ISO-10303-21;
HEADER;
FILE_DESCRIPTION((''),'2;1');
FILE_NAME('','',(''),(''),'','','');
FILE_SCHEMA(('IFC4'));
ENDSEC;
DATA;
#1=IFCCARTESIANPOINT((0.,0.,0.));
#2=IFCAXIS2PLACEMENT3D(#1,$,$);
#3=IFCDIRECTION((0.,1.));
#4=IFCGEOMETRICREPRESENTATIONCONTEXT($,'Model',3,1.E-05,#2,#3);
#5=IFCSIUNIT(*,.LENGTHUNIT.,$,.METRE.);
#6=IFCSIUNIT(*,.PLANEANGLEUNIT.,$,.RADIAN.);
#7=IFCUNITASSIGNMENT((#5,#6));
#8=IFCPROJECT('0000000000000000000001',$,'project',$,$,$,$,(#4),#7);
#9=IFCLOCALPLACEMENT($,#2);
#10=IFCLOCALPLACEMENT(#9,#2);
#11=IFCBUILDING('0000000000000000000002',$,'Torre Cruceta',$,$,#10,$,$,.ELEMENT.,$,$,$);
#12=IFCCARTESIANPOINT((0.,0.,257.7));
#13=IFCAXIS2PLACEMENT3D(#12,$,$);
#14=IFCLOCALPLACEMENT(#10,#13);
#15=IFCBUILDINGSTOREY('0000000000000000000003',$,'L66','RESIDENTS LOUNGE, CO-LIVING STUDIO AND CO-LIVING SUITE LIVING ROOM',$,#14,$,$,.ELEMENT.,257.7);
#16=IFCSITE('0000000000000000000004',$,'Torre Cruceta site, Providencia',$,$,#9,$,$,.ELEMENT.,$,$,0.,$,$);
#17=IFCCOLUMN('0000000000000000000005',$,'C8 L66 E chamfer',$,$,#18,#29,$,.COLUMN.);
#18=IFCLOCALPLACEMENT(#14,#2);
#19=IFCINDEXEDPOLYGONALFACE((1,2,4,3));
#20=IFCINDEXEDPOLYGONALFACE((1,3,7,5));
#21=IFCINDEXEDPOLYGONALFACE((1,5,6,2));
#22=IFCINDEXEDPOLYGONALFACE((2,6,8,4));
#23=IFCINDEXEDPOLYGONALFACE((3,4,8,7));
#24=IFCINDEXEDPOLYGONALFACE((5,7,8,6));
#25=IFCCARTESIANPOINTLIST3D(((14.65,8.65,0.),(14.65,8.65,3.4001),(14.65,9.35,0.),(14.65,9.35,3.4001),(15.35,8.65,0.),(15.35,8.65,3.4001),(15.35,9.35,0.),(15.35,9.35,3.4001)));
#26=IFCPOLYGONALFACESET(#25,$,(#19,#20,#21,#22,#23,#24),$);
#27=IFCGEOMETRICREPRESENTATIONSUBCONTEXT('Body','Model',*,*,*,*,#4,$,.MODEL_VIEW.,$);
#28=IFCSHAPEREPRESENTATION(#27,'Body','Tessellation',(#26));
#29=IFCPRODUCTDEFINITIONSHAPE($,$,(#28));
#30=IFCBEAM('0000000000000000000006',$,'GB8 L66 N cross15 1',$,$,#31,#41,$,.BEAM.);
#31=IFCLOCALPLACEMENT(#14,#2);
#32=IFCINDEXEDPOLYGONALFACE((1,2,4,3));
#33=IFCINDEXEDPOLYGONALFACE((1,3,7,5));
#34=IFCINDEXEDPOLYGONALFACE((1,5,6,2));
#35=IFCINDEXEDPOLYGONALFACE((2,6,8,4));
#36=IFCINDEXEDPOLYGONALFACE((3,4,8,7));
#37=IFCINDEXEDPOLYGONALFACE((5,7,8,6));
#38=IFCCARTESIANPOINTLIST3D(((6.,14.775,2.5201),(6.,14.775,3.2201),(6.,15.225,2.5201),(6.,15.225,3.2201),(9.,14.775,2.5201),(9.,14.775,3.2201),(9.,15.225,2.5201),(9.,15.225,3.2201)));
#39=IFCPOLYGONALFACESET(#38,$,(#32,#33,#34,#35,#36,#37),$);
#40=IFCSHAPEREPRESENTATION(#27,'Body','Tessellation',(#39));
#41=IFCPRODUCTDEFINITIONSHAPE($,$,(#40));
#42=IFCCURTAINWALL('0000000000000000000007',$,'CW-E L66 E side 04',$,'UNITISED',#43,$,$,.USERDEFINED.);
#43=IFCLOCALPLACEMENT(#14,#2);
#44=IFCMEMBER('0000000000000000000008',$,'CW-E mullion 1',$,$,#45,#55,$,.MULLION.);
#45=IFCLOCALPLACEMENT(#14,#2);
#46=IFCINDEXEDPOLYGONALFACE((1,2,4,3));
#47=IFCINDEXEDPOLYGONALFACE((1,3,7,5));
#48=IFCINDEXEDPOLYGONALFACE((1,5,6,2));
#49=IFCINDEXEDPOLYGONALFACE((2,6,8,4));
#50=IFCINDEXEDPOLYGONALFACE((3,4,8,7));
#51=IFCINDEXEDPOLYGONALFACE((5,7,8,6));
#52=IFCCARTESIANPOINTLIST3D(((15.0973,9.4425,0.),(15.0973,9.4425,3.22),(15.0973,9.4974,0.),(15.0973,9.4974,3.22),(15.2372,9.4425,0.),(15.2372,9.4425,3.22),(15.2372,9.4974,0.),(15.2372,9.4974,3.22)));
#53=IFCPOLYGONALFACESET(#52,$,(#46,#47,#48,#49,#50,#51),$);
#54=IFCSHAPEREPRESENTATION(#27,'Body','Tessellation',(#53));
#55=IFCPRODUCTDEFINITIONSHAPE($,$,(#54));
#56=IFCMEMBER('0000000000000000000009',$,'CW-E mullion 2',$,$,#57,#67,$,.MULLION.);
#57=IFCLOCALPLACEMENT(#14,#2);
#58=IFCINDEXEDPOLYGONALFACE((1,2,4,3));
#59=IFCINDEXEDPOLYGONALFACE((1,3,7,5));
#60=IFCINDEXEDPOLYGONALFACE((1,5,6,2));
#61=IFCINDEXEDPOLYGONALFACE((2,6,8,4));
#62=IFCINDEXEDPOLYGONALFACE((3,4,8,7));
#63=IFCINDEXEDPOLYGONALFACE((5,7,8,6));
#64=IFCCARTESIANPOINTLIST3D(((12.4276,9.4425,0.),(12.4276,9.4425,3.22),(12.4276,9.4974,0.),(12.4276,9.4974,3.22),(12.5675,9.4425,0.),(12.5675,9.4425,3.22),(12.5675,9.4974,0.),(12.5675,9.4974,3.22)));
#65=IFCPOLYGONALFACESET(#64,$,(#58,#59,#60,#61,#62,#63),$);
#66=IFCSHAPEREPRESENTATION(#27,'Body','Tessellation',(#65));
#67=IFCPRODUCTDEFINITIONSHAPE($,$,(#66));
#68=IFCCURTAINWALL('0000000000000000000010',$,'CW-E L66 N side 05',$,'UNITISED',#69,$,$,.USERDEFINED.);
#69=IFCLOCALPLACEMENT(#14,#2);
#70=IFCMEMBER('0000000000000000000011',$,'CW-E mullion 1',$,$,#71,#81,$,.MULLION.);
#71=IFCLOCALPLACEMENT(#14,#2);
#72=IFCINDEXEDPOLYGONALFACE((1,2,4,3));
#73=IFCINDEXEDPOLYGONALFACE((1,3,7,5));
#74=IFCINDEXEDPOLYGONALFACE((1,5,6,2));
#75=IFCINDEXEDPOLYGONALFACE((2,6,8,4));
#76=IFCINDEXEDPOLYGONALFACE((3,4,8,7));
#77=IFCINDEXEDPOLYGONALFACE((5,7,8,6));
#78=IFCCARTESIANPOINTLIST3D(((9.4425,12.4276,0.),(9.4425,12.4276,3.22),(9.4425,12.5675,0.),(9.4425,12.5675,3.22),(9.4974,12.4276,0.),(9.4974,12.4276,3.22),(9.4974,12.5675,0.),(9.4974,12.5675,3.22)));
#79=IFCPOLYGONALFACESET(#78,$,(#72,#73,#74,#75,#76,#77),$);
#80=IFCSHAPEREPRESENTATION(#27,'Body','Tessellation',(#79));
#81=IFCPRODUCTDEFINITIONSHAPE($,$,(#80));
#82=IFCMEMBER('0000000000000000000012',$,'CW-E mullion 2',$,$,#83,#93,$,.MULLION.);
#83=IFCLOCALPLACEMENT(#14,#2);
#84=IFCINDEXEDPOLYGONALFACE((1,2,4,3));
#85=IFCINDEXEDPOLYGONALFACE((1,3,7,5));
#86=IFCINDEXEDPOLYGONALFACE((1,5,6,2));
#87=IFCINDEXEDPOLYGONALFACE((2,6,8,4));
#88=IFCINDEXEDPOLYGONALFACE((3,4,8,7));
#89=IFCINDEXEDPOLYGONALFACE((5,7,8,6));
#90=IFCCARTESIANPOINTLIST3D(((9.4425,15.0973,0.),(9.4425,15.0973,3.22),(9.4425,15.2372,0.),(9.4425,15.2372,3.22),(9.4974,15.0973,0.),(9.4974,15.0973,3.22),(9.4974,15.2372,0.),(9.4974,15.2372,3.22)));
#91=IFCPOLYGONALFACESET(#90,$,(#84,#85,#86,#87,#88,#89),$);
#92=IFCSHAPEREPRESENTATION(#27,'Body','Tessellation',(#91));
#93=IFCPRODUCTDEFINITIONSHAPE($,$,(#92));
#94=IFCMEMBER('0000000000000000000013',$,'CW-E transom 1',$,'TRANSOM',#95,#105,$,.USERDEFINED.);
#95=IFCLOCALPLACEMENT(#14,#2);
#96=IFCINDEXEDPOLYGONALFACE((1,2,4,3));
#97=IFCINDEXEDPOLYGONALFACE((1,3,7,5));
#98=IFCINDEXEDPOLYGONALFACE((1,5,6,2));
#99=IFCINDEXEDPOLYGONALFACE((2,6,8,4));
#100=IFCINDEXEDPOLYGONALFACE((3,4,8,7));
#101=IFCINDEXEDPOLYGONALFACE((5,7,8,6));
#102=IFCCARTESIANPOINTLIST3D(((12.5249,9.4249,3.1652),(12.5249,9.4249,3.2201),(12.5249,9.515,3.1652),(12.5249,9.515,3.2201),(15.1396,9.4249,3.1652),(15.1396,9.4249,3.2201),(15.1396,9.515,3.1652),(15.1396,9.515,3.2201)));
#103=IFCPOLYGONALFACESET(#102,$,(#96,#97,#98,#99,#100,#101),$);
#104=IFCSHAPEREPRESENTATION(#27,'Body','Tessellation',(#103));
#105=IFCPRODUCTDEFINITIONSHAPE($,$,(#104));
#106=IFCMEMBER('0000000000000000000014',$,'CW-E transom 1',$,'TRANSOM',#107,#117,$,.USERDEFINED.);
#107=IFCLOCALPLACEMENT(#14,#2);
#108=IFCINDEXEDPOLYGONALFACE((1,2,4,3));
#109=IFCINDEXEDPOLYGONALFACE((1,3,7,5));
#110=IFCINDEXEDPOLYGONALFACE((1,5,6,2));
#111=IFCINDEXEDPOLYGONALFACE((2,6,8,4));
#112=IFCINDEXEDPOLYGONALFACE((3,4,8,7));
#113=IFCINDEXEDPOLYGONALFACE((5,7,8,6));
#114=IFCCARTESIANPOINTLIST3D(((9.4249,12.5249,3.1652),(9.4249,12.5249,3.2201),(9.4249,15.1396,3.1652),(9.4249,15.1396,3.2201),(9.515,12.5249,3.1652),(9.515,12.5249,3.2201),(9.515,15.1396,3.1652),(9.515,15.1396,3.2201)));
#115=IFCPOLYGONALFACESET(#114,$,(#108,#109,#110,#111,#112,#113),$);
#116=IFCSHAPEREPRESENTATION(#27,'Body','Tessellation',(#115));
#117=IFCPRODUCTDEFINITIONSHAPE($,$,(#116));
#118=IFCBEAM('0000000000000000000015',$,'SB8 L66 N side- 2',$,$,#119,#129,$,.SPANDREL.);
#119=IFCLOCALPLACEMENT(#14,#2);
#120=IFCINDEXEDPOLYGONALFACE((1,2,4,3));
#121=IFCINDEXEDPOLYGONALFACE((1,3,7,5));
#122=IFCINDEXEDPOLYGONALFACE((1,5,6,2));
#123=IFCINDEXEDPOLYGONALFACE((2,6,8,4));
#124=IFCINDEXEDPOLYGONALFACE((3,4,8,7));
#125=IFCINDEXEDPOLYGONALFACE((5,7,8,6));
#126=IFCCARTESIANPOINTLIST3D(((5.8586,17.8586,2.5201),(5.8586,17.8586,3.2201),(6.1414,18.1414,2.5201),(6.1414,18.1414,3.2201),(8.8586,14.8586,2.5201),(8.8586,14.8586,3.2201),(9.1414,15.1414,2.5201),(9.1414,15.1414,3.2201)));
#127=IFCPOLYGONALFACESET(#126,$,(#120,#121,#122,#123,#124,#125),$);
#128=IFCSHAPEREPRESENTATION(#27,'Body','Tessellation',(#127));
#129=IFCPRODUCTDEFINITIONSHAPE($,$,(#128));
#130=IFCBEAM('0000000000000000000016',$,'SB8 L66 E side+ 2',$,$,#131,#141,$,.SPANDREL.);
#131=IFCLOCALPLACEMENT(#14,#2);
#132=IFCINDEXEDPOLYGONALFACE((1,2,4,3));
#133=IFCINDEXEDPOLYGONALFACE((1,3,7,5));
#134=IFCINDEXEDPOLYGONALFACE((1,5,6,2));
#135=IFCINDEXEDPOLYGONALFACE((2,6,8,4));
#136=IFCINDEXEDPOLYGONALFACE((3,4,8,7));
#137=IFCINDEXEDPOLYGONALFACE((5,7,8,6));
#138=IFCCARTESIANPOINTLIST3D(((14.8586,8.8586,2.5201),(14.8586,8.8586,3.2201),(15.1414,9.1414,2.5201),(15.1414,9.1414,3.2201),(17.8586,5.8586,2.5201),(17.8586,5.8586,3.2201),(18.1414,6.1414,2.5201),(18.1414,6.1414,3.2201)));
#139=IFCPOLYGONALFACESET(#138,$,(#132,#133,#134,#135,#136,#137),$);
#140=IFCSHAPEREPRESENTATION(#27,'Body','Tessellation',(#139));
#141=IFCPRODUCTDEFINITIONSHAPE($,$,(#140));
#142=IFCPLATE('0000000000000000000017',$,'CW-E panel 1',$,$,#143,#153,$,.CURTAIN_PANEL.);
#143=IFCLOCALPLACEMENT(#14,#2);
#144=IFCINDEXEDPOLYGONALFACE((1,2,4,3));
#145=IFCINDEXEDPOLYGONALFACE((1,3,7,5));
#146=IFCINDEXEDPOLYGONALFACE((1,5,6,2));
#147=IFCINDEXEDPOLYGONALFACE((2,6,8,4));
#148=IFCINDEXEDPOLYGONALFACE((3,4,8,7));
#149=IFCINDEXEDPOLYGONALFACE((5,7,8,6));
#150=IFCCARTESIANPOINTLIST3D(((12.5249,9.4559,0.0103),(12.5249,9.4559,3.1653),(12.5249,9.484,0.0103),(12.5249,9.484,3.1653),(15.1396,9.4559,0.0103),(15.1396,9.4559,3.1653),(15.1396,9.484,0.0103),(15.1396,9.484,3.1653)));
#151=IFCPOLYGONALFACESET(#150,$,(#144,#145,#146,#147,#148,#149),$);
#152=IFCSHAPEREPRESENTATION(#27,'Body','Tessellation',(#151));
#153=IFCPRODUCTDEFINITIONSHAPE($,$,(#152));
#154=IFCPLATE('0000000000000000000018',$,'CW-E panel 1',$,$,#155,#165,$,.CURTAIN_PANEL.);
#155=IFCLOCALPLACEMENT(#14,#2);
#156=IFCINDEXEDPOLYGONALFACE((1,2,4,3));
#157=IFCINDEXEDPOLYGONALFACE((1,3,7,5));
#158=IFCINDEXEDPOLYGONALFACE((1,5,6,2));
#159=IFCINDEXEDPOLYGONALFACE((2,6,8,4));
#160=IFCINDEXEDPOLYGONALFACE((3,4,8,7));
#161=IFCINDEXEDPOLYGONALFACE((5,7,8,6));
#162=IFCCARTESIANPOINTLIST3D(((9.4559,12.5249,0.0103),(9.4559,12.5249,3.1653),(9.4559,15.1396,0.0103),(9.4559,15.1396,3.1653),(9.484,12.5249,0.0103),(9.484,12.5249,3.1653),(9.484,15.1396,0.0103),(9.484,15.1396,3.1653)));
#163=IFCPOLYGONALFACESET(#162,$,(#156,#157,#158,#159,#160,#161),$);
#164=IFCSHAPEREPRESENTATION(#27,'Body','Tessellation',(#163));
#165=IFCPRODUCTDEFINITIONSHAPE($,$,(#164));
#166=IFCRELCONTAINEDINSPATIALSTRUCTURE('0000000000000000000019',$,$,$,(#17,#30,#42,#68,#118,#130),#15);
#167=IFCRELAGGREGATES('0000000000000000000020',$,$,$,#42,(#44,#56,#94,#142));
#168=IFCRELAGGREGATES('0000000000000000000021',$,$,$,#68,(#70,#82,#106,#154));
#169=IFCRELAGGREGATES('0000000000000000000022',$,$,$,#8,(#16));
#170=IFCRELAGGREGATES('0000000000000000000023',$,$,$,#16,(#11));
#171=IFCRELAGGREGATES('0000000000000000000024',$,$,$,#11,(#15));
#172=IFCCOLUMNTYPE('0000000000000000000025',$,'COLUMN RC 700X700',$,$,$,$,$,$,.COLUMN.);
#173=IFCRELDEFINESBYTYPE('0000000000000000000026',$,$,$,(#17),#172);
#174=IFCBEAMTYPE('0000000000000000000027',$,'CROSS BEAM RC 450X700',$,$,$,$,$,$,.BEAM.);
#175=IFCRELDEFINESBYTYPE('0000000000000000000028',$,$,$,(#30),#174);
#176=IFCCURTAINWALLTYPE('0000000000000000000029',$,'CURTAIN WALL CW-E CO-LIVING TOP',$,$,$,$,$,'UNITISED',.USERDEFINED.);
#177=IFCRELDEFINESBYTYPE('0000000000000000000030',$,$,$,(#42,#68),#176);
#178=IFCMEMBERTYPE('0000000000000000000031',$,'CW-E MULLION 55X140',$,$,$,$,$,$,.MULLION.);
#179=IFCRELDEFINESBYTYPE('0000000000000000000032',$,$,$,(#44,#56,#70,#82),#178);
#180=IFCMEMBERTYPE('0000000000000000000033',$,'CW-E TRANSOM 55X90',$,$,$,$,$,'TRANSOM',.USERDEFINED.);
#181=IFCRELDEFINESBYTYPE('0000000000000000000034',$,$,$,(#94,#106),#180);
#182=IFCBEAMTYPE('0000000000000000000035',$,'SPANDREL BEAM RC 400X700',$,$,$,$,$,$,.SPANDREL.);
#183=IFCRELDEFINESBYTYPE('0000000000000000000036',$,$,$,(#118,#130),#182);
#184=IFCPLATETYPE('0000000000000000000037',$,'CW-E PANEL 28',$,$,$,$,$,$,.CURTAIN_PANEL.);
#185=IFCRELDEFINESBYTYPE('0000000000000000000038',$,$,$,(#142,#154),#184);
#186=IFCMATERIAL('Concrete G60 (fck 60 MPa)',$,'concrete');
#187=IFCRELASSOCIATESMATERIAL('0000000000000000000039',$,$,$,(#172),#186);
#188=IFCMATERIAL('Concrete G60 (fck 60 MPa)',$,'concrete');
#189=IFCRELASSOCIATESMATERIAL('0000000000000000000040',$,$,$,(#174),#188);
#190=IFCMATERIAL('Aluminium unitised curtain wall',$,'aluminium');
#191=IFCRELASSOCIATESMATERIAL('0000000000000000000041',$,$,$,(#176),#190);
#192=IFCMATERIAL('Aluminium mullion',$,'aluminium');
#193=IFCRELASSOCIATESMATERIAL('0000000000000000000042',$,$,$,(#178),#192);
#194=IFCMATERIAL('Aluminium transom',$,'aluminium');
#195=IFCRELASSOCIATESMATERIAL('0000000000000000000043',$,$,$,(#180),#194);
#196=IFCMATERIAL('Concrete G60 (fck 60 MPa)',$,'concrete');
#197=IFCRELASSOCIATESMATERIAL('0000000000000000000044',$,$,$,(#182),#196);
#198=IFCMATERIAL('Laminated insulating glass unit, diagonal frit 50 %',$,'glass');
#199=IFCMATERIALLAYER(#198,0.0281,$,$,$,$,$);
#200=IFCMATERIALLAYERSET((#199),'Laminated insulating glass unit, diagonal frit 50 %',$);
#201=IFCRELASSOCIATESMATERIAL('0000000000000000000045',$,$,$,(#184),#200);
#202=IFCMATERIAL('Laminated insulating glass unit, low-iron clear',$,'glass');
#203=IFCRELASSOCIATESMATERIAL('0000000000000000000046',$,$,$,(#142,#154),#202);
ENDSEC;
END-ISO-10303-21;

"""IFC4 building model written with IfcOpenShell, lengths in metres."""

from ifc_helpers import new_model, si_unit, direction, frame, origin, origin_2d, place, context, subcontext, project, spatial, rectangle, extrude, material, layer, layer_set, material_profile, profile_set, type_object, element, aggregate, save


model = new_model("IFC4")

# Units and contexts
model_context = context("Model", 3, precision=1e-05, world=origin(), true_north=direction((0.0, 1.0)))
body_context = subcontext(model_context, "Body", "Model", "MODEL_VIEW")
ifc_project = project(units=[si_unit("LENGTHUNIT", "METRE"), si_unit("PLANEANGLEUNIT", "RADIAN")], contexts=[model_context])

# Site, building, storey
site_placement = place(None, origin())
site = spatial("IfcSite", under=ifc_project, at=site_placement, Name="Torre Cruceta site, Providencia", CompositionType="ELEMENT", RefElevation=0.0)
building_placement = place(site_placement, origin())
building = spatial("IfcBuilding", under=site, at=building_placement, Name="Torre Cruceta", CompositionType="ELEMENT")
storey_placement = place(building_placement, frame((0.0, 0.0, 257.7)))
storey = spatial("IfcBuildingStorey", under=building, at=storey_placement, Name="L66", Description="RESIDENTS LOUNGE, CO-LIVING STUDIO AND CO-LIVING SUITE LIVING ROOM", CompositionType="ELEMENT", Elevation=257.7)

# Column
ifc_material_1 = material(Name="Concrete G60 (fck 60 MPa)", Category="concrete")
ifc_material_profile_1 = material_profile(ifc_material_1, rectangle(XDim=0.7, YDim=0.7, at=origin_2d()), Name="RC 700X700")
ifc_profile_set_1 = profile_set([ifc_material_profile_1], Name="Concrete G60 (fck 60 MPa)")
column_type = type_object("IfcColumnType", Name="COLUMN RC 700X700", PredefinedType="COLUMN", material=ifc_profile_set_1)
column_placement = place(storey_placement, frame((15.0, 9.0, 0.0), z_axis=(0.0, 0.0, 1.0), x_axis=(1.0, 0.0, 0.0)))
element("IfcColumn", 1, at=column_placement, inside=storey, type_object=column_type, Name="C8 L66 E chamfer", PredefinedType="COLUMN", context=body_context, shape_type="SweptSolid", body=[
    extrude(rectangle(XDim=0.7, YDim=0.7, at=origin_2d()), origin(), (0.0, 0.0, 1.0), 3.4001),
])

# Beam
ifc_material_2 = material(Name="Concrete G60 (fck 60 MPa)", Category="concrete")
ifc_material_profile_2 = material_profile(ifc_material_2, rectangle(XDim=0.45, YDim=0.7, at=origin_2d()), Name="RC 450X700")
ifc_profile_set_2 = profile_set([ifc_material_profile_2], Name="Concrete G60 (fck 60 MPa)")
beam_type_1 = type_object("IfcBeamType", Name="CROSS BEAM RC 450X700", PredefinedType="BEAM", material=ifc_profile_set_2)
beam_placement = place(storey_placement, frame((9.0, 15.0, 2.8701), z_axis=(-1.0, 0.0, 0.0), x_axis=(0.0, -1.0, 0.0)))
element("IfcBeam", 2, at=beam_placement, inside=storey, type_object=beam_type_1, Name="GB8 L66 N cross15 1", PredefinedType="BEAM", context=body_context, shape_type="SweptSolid", body=[
    extrude(rectangle(XDim=0.45, YDim=0.7, at=origin_2d()), origin(), (0.0, 0.0, 1.0), 3.0),
])

# Curtain walls, members
ifc_material_3 = material(Name="Aluminium unitised curtain wall", Category="aluminium")
curtain_wall_type = type_object("IfcCurtainWallType", Name="CURTAIN WALL CW-E CO-LIVING TOP", ElementType="UNITISED", PredefinedType="USERDEFINED", material=ifc_material_3)
curtain_wall_1_placement = place(storey_placement, origin())
curtain_wall_1 = element("IfcCurtainWall", 3, at=curtain_wall_1_placement, inside=storey, type_object=curtain_wall_type, Name="CW-E L66 E side 04", ObjectType="UNITISED", PredefinedType="USERDEFINED")
ifc_material_4 = material(Name="Aluminium mullion", Category="aluminium")
ifc_material_profile_3 = material_profile(ifc_material_4, rectangle(XDim=0.0549, YDim=0.1399, at=origin_2d()), Name="AL 55X140")
ifc_profile_set_3 = profile_set([ifc_material_profile_3], Name="Aluminium mullion")
member_type_1 = type_object("IfcMemberType", Name="CW-E MULLION 55X140", PredefinedType="MULLION", material=ifc_profile_set_3)
member_1_placement = place(storey_placement, frame((15.1672, 9.47, 0.0), z_axis=(0.0, 0.0, 1.0), x_axis=(0.0, -1.0, 0.0)))
member_1 = element("IfcMember", 4, at=member_1_placement, type_object=member_type_1, Name="CW-E mullion 1", PredefinedType="MULLION", context=body_context, shape_type="SweptSolid", body=[
    extrude(rectangle(XDim=0.0549, YDim=0.1399, at=origin_2d()), origin(), (0.0, 0.0, 1.0), 3.22),
])
member_2_placement = place(storey_placement, frame((12.4976, 9.47, 0.0), z_axis=(0.0, 0.0, 1.0), x_axis=(0.0, -1.0, 0.0)))
member_2 = element("IfcMember", 5, at=member_2_placement, type_object=member_type_1, Name="CW-E mullion 2", PredefinedType="MULLION", context=body_context, shape_type="SweptSolid", body=[
    extrude(rectangle(XDim=0.0549, YDim=0.1399, at=origin_2d()), origin(), (0.0, 0.0, 1.0), 3.22),
])
curtain_wall_2_placement = place(storey_placement, origin())
curtain_wall_2 = element("IfcCurtainWall", 6, at=curtain_wall_2_placement, inside=storey, type_object=curtain_wall_type, Name="CW-E L66 N side 05", ObjectType="UNITISED", PredefinedType="USERDEFINED")
member_3_placement = place(storey_placement, frame((9.47, 12.4976, 0.0), z_axis=(0.0, 0.0, 1.0), x_axis=(-1.0, 0.0, 0.0)))
member_3 = element("IfcMember", 7, at=member_3_placement, type_object=member_type_1, Name="CW-E mullion 1", PredefinedType="MULLION", context=body_context, shape_type="SweptSolid", body=[
    extrude(rectangle(XDim=0.0549, YDim=0.1399, at=origin_2d()), origin(), (0.0, 0.0, 1.0), 3.22),
])
member_4_placement = place(storey_placement, frame((9.47, 15.1672, 0.0), z_axis=(0.0, 0.0, 1.0), x_axis=(-1.0, 0.0, 0.0)))
member_4 = element("IfcMember", 8, at=member_4_placement, type_object=member_type_1, Name="CW-E mullion 2", PredefinedType="MULLION", context=body_context, shape_type="SweptSolid", body=[
    extrude(rectangle(XDim=0.0549, YDim=0.1399, at=origin_2d()), origin(), (0.0, 0.0, 1.0), 3.22),
])

# Members
ifc_material_5 = material(Name="Aluminium transom", Category="aluminium")
ifc_material_profile_4 = material_profile(ifc_material_5, rectangle(XDim=0.0901, YDim=0.0549, at=origin_2d()), Name="AL 90X55")
ifc_profile_set_4 = profile_set([ifc_material_profile_4], Name="Aluminium transom")
member_type_2 = type_object("IfcMemberType", Name="CW-E TRANSOM 55X90", ElementType="TRANSOM", PredefinedType="USERDEFINED", material=ifc_profile_set_4)
member_5_placement = place(storey_placement, frame((15.1396, 9.47, 3.1926), z_axis=(-1.0, 0.0, 0.0), x_axis=(0.0, -1.0, 0.0)))
member_5 = element("IfcMember", 9, at=member_5_placement, type_object=member_type_2, Name="CW-E transom 1", ObjectType="TRANSOM", PredefinedType="USERDEFINED", context=body_context, shape_type="SweptSolid", body=[
    extrude(rectangle(XDim=0.0901, YDim=0.0549, at=origin_2d()), origin(), (0.0, 0.0, 1.0), 2.6147),
])
member_6_placement = place(storey_placement, frame((9.47, 12.5249, 3.1926), z_axis=(0.0, 1.0, 0.0), x_axis=(-1.0, 0.0, 0.0)))
member_6 = element("IfcMember", 10, at=member_6_placement, type_object=member_type_2, Name="CW-E transom 1", ObjectType="TRANSOM", PredefinedType="USERDEFINED", context=body_context, shape_type="SweptSolid", body=[
    extrude(rectangle(XDim=0.0901, YDim=0.0549, at=origin_2d()), origin(), (0.0, 0.0, 1.0), 2.6147),
])

# Beams
ifc_material_6 = material(Name="Concrete G60 (fck 60 MPa)", Category="concrete")
ifc_material_profile_5 = material_profile(ifc_material_6, rectangle(XDim=0.3999, YDim=0.7, at=origin_2d()), Name="RC 400X700")
ifc_profile_set_5 = profile_set([ifc_material_profile_5], Name="Concrete G60 (fck 60 MPa)")
beam_type_2 = type_object("IfcBeamType", Name="SPANDREL BEAM RC 400X700", PredefinedType="SPANDREL", material=ifc_profile_set_5)
for number, where, z_axis, x_axis, name in (
    (11, (9.0, 15.0, 2.8701), (-0.707107, 0.707107, 0.0), (-0.707107, -0.707107, 0.0), "SB8 L66 N side- 2"),
    (12, (15.0, 9.0, 2.8701), (0.707107, -0.707107, 0.0), (0.707107, 0.707107, 0.0), "SB8 L66 E side+ 2"),
):
    element("IfcBeam", number, at=place(storey_placement, frame(where, z_axis=z_axis, x_axis=x_axis)), inside=storey, type_object=beam_type_2, Name=name, PredefinedType="SPANDREL", context=body_context, shape_type="SweptSolid", body=[
        extrude(rectangle(XDim=0.3999, YDim=0.7, at=origin_2d()), origin(), (0.0, 0.0, 1.0), 4.2427),
    ])

# Plates
ifc_material_7 = material(Name="Laminated insulating glass unit, low-iron clear", Category="glass")
ifc_material_8 = material(Name="Laminated insulating glass unit, diagonal frit 50 %", Category="glass")
ifc_layer_1 = layer(ifc_material_8, 0.0281)
ifc_layer_set_1 = layer_set([ifc_layer_1], Name="Laminated insulating glass unit, diagonal frit 50 %")
plate_type = type_object("IfcPlateType", Name="CW-E PANEL 28", PredefinedType="CURTAIN_PANEL", material=ifc_layer_set_1)
plate_1_placement = place(storey_placement, frame((13.8323, 9.47, 0.0103), z_axis=(0.0, 0.0, 1.0), x_axis=(-1.0, 0.0, 0.0)))
plate_1 = element("IfcPlate", 13, at=plate_1_placement, type_object=plate_type, material=ifc_material_7, Name="CW-E panel 1", PredefinedType="CURTAIN_PANEL", context=body_context, shape_type="SweptSolid", body=[
    extrude(rectangle(XDim=2.6147, YDim=0.0281, at=origin_2d()), origin(), (0.0, 0.0, 1.0), 3.155),
])
aggregate(curtain_wall_1, [member_1, member_2, member_5, plate_1])
plate_2_placement = place(storey_placement, frame((9.47, 13.8323, 0.0103), z_axis=(0.0, 0.0, 1.0), x_axis=(0.0, 1.0, 0.0)))
plate_2 = element("IfcPlate", 14, at=plate_2_placement, type_object=plate_type, material=ifc_material_7, Name="CW-E panel 1", PredefinedType="CURTAIN_PANEL", context=body_context, shape_type="SweptSolid", body=[
    extrude(rectangle(XDim=2.6147, YDim=0.0281, at=origin_2d()), origin(), (0.0, 0.0, 1.0), 3.155),
])
aggregate(curtain_wall_2, [member_3, member_4, member_6, plate_2])

save(model, "model.ifc")
